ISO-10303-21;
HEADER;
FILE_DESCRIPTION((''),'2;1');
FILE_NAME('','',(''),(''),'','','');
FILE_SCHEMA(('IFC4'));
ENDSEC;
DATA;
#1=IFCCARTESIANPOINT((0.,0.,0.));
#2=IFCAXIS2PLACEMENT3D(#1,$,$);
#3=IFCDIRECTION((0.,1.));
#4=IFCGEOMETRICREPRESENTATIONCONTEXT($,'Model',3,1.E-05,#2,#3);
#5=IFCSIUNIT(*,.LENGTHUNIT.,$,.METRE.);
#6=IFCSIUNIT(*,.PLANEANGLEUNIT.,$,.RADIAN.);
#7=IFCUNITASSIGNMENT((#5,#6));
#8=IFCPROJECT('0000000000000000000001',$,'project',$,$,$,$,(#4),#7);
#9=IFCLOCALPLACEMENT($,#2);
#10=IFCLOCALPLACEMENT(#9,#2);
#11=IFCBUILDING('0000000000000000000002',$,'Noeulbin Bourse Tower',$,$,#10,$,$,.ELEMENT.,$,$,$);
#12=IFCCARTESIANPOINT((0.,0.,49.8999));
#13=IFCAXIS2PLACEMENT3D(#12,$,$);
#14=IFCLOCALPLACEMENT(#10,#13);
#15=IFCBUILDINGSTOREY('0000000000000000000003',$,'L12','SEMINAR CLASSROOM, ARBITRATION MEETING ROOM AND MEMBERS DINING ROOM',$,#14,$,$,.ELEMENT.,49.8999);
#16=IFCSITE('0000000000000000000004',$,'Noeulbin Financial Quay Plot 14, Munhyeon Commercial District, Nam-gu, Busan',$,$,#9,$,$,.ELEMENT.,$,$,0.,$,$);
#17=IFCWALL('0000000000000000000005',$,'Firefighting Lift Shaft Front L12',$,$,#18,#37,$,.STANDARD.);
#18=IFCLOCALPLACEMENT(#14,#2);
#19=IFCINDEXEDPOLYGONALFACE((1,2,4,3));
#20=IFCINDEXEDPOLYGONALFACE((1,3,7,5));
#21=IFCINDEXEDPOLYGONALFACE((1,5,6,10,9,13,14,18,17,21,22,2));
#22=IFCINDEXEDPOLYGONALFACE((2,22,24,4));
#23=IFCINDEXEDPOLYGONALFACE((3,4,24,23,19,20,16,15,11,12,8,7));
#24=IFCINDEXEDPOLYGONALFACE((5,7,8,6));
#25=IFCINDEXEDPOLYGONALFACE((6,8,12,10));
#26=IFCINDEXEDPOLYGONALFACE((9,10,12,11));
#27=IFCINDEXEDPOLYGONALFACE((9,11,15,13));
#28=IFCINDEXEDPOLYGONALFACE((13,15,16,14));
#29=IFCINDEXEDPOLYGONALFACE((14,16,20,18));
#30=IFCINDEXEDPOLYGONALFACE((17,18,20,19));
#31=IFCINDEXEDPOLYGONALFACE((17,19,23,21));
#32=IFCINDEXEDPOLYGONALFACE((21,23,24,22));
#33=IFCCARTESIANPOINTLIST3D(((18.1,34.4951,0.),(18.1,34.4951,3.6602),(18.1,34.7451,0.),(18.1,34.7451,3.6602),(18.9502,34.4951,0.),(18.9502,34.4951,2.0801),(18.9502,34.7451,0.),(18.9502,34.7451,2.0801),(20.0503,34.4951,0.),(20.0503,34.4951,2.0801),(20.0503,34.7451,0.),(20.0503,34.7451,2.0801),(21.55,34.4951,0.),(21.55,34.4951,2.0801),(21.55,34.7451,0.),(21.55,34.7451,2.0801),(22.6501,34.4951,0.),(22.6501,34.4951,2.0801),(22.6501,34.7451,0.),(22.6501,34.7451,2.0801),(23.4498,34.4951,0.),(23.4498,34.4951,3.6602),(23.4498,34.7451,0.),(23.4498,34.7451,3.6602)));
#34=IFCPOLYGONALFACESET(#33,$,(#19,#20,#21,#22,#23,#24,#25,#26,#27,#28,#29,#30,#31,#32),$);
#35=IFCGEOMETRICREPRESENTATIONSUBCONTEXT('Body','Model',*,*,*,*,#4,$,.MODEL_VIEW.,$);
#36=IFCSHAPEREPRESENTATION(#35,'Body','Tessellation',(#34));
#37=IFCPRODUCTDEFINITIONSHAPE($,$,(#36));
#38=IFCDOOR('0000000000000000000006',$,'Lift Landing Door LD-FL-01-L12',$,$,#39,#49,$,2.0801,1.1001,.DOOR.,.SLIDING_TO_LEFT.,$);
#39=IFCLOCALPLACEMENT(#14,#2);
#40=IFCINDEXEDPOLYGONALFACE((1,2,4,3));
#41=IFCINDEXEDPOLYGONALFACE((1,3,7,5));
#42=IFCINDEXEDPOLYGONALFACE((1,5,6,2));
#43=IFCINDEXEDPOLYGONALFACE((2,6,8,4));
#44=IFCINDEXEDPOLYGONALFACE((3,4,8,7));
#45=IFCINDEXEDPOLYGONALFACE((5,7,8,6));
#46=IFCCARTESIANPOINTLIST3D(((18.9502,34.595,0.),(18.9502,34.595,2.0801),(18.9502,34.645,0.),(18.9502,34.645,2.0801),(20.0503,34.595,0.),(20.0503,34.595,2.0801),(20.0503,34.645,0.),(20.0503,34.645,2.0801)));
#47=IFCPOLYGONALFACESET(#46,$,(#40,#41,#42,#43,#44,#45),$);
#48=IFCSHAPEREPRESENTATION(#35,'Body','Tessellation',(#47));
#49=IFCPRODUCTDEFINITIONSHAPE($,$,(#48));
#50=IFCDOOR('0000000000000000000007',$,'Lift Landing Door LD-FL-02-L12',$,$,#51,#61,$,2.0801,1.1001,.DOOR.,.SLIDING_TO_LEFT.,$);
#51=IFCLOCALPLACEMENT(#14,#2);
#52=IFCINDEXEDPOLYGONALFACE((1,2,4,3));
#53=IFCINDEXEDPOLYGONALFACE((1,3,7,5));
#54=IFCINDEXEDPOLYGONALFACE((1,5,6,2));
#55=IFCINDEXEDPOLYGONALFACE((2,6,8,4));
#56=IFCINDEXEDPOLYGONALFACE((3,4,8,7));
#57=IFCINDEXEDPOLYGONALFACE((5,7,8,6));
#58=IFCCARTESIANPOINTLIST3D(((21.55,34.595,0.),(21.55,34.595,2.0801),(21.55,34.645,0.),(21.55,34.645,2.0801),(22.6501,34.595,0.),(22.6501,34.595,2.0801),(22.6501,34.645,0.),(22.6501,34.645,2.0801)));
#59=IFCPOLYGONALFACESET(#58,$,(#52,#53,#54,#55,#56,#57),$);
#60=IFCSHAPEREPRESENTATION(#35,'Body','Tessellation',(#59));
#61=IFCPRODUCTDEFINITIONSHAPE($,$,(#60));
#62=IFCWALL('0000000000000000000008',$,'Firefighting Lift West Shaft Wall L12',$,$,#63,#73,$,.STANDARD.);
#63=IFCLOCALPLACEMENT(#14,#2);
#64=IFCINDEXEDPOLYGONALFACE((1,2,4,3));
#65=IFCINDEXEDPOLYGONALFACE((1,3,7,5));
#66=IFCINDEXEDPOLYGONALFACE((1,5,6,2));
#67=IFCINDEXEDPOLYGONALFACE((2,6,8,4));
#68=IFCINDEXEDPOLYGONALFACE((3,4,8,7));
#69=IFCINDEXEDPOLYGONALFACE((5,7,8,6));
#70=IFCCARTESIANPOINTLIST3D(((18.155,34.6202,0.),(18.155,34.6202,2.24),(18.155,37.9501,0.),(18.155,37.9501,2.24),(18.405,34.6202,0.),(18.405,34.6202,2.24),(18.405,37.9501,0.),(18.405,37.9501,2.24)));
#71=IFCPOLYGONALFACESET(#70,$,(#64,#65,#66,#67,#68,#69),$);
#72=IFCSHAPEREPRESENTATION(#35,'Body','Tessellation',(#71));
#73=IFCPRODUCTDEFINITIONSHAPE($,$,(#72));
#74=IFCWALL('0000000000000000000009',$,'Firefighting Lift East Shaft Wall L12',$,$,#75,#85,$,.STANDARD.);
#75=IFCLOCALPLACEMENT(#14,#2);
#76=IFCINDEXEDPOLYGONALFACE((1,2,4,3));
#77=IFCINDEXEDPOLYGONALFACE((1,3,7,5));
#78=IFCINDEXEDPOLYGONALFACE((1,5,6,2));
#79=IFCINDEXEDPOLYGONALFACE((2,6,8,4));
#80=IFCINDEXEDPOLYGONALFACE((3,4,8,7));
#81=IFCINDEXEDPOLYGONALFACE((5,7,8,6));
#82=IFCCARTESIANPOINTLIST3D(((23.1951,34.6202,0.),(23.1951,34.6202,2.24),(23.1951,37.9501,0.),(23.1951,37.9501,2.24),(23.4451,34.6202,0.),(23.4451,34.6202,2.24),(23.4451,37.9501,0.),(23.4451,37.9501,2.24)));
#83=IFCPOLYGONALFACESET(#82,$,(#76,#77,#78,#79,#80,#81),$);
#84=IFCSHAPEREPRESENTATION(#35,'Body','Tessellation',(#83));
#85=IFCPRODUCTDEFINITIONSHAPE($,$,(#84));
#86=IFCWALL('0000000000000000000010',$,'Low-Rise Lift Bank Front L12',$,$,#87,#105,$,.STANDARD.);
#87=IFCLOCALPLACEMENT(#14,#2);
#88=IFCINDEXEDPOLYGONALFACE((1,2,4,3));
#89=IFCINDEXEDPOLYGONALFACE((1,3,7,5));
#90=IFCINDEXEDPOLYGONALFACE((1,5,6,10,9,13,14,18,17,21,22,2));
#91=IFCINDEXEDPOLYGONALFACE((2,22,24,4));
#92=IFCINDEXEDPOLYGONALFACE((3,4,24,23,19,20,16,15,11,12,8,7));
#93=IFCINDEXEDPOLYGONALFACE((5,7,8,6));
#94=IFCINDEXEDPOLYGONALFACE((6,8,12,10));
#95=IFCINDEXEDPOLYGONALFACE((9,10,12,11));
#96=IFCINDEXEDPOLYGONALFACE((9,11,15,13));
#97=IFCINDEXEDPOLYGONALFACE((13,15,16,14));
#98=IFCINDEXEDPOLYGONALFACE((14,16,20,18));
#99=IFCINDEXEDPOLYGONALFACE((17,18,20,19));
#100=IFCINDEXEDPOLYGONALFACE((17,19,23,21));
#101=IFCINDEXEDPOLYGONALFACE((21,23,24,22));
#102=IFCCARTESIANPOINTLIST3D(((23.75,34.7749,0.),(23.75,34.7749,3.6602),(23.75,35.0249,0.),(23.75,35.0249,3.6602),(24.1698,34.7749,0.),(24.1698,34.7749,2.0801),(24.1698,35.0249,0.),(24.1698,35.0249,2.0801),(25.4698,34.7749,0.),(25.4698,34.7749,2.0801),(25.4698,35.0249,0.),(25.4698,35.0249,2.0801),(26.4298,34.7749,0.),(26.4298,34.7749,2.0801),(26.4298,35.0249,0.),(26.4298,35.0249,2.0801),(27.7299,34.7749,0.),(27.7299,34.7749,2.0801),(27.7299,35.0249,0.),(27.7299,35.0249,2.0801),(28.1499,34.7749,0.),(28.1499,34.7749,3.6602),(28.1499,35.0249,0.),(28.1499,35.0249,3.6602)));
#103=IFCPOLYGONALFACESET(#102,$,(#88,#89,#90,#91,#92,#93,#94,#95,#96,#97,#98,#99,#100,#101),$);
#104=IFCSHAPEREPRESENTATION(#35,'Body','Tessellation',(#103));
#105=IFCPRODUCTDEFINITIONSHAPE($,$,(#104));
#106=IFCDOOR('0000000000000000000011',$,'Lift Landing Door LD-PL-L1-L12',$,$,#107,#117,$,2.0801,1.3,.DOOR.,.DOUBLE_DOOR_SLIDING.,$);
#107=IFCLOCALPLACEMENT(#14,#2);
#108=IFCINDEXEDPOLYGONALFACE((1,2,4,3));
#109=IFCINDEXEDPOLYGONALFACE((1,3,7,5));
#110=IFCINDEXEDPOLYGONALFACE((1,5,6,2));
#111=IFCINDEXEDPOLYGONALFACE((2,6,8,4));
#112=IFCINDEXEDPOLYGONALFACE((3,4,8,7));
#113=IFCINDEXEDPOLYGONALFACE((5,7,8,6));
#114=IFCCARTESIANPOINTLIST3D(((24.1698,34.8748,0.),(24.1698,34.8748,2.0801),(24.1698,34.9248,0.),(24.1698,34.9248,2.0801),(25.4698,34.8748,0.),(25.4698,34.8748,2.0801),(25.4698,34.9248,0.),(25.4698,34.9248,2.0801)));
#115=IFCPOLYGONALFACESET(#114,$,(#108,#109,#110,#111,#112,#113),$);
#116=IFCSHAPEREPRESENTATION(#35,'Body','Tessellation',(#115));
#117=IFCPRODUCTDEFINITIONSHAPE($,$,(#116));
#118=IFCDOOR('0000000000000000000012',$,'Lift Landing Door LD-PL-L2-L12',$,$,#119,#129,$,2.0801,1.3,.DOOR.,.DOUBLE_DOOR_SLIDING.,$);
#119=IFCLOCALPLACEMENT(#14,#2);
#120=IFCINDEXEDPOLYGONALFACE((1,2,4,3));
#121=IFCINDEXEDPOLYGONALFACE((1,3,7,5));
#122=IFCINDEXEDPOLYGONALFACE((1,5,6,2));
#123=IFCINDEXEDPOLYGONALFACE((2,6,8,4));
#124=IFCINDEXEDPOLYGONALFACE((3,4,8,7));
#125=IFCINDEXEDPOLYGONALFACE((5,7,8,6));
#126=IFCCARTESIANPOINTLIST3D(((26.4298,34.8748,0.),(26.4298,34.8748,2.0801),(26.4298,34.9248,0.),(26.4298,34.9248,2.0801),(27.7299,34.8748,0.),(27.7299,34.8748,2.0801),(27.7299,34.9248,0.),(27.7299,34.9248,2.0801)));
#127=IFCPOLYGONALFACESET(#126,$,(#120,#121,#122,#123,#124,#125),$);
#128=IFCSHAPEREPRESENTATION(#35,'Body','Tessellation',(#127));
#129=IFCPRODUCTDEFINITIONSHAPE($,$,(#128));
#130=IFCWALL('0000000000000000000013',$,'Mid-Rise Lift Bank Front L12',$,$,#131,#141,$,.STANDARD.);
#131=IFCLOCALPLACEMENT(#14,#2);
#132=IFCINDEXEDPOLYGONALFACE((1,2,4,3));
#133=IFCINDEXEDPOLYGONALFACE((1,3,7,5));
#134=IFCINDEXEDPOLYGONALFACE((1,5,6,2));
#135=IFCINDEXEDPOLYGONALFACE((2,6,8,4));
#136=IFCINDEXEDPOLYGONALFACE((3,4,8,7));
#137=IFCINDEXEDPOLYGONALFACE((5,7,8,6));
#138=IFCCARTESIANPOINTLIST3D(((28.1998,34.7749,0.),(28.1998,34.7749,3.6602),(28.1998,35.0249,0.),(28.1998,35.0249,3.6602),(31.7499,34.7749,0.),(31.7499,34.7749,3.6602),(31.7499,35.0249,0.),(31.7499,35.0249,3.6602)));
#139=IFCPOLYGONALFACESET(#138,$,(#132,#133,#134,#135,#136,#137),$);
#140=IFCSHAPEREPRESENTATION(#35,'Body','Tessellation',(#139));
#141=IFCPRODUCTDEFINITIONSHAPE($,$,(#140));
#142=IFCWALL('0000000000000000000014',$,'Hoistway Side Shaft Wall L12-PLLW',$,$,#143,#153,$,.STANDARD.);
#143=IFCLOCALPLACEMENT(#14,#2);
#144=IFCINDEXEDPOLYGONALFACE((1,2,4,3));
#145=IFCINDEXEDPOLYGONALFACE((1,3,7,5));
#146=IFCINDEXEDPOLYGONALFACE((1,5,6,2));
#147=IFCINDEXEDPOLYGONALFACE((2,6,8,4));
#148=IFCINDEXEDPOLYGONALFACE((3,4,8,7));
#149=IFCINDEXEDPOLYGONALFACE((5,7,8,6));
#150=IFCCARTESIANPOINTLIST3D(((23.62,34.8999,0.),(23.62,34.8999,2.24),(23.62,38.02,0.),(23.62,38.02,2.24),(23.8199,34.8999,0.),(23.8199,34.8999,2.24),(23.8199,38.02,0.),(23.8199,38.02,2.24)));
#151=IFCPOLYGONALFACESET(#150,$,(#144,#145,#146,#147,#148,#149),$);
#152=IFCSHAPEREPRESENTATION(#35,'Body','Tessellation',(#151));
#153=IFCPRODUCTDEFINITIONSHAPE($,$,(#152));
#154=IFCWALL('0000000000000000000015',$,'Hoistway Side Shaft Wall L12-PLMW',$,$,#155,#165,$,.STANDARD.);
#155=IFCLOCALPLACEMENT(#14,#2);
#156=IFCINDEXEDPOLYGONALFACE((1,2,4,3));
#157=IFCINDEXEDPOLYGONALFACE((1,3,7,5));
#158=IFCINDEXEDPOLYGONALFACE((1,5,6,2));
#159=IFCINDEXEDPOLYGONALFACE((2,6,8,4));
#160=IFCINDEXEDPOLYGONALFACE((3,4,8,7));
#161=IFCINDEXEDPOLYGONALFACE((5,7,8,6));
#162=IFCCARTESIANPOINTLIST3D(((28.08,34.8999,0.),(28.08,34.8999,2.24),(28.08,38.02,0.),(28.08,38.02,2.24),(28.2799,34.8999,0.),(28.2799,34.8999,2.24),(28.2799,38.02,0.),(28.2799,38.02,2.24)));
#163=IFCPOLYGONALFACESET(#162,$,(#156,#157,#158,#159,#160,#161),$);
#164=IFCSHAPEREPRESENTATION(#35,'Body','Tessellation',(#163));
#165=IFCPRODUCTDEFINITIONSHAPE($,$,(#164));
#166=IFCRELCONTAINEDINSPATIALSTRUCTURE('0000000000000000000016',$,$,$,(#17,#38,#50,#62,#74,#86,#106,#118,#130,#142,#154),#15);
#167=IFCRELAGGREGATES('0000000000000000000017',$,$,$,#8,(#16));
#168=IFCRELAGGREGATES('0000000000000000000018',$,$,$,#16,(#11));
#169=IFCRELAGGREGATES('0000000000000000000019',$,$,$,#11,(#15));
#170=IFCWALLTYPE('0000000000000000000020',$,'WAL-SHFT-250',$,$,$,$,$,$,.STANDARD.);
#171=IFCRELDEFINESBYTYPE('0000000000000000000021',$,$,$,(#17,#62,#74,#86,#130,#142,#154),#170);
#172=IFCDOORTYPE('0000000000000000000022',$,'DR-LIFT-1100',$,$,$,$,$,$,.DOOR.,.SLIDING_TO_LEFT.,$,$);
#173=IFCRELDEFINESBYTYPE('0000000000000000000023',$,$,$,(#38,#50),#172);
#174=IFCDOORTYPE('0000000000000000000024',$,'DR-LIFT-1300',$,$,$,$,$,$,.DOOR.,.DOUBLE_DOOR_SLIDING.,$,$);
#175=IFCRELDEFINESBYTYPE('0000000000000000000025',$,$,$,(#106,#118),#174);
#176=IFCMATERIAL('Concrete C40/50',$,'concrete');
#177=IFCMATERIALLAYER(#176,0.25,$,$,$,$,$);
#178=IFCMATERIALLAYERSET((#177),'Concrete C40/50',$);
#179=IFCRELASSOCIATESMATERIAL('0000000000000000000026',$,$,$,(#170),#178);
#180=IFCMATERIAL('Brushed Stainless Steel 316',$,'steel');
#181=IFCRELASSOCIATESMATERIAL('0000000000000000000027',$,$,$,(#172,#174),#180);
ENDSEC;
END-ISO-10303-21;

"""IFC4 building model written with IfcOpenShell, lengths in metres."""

from ifc_helpers import new_model, si_unit, direction, frame, frame_2d, origin, place, context, subcontext, project, spatial, rectangle, extrude, material, layer, layer_set, type_object, element, fill, save


model = new_model("IFC4")

# Units and contexts
model_context = context("Model", 3, precision=1e-05, world=origin(), true_north=direction((0.0, 1.0)))
body_context = subcontext(model_context, "Body", "Model", "MODEL_VIEW")
ifc_project = project(units=[si_unit("LENGTHUNIT", "METRE"), si_unit("PLANEANGLEUNIT", "RADIAN")], contexts=[model_context])

# Site, building, storey
site_placement = place(None, origin())
site = spatial("IfcSite", under=ifc_project, at=site_placement, Name="Noeulbin Financial Quay Plot 14, Munhyeon Commercial District, Nam-gu, Busan", CompositionType="ELEMENT", RefElevation=0.0)
building_placement = place(site_placement, origin())
building = spatial("IfcBuilding", under=site, at=building_placement, Name="Noeulbin Bourse Tower", CompositionType="ELEMENT")
storey_placement = place(building_placement, frame((0.0, 0.0, 49.8999)))
storey = spatial("IfcBuildingStorey", under=building, at=storey_placement, Name="L12", Description="SEMINAR CLASSROOM, ARBITRATION MEETING ROOM AND MEMBERS DINING ROOM", CompositionType="ELEMENT", Elevation=49.8999)

# Shared definitions
ifc_material_1 = material(Name="Concrete C40/50", Category="concrete")

# Shared definitions
ifc_layer_1 = layer(ifc_material_1, 0.25)
ifc_layer_set_1 = layer_set([ifc_layer_1], Name="Concrete C40/50")
wall_type_1 = type_object("IfcWallType", Name="WAL-SHFT-250", PredefinedType="STANDARD", material=ifc_layer_set_1)

# Wall, openings, doors
wall_1_placement = place(storey_placement, frame((18.1001, 34.6201, 0.0), z_axis=(0.0, 0.0, 1.0), x_axis=(1.0, 0.0, 0.0)))
wall_1 = element("IfcWall", 1, at=wall_1_placement, inside=storey, type_object=wall_type_1, Name="Firefighting Lift Shaft Front L12", PredefinedType="STANDARD", context=body_context, shape_type="SweptSolid", body=[
    extrude(rectangle(XDim=5.3499, YDim=0.25, at=frame_2d((2.6748, 0.0))), origin(), (0.0, 0.0, 1.0), 3.6602),
])
opening_1_placement = place(wall_1_placement, frame((0.8501, 0.0, 0.0)))
opening_1 = element("IfcOpeningElement", 2, at=opening_1_placement, cuts=wall_1, PredefinedType="OPENING", context=body_context, shape_type="SweptSolid", body=[
    extrude(rectangle(XDim=1.1001, YDim=2.0801, at=frame_2d((0.55, 1.04))), frame((0.0, 0.135, 0.0), z_axis=(0.0, -1.0, 0.0), x_axis=(1.0, 0.0, 0.0)), (0.0, 0.0, 1.0), 0.27),
])
opening_2_placement = place(wall_1_placement, frame((3.45, 0.0, 0.0)))
opening_2 = element("IfcOpeningElement", 3, at=opening_2_placement, cuts=wall_1, PredefinedType="OPENING", context=body_context, shape_type="SweptSolid", body=[
    extrude(rectangle(XDim=1.1001, YDim=2.0801, at=frame_2d((0.55, 1.04))), frame((0.0, 0.135, 0.0), z_axis=(0.0, -1.0, 0.0), x_axis=(1.0, 0.0, 0.0)), (0.0, 0.0, 1.0), 0.27),
])
ifc_material_2 = material(Name="Brushed Stainless Steel 316", Category="steel")
door_type_1 = type_object("IfcDoorType", Name="DR-LIFT-1100", OperationType="SLIDING_TO_LEFT", PredefinedType="DOOR", material=ifc_material_2)
door_1_placement = place(opening_1_placement, origin())
door_1 = element("IfcDoor", 4, at=door_1_placement, inside=storey, type_object=door_type_1, Name="Lift Landing Door LD-FL-01-L12", OperationType="SLIDING_TO_LEFT", OverallHeight=2.0801, OverallWidth=1.1001, PredefinedType="DOOR", context=body_context, shape_type="SweptSolid", body=[
    extrude(rectangle(XDim=1.1001, YDim=2.0801, at=frame_2d((0.55, 1.04))), frame((0.0, 0.0249, 0.0), z_axis=(0.0, -1.0, 0.0), x_axis=(1.0, 0.0, 0.0)), (0.0, 0.0, 1.0), 0.05),
])
fill(opening_1, door_1)
door_2_placement = place(opening_2_placement, origin())
door_2 = element("IfcDoor", 5, at=door_2_placement, inside=storey, type_object=door_type_1, Name="Lift Landing Door LD-FL-02-L12", OperationType="SLIDING_TO_LEFT", OverallHeight=2.0801, OverallWidth=1.1001, PredefinedType="DOOR", context=body_context, shape_type="SweptSolid", body=[
    extrude(rectangle(XDim=1.1001, YDim=2.0801, at=frame_2d((0.55, 1.04))), frame((0.0, 0.0249, 0.0), z_axis=(0.0, -1.0, 0.0), x_axis=(1.0, 0.0, 0.0)), (0.0, 0.0, 1.0), 0.05),
])
fill(opening_2, door_2)

# Walls
for number, where, z_axis, x_axis, name in (
    (6, (18.28, 34.6201, 0.0), (0.0, 0.0, 1.0), (0.0, 1.0, 0.0), "Firefighting Lift West Shaft Wall L12"),
    (7, (23.3201, 34.6201, 0.0), (0.0, 0.0, 1.0), (0.0, 1.0, 0.0), "Firefighting Lift East Shaft Wall L12"),
):
    element("IfcWall", number, at=place(storey_placement, frame(where, z_axis=z_axis, x_axis=x_axis)), inside=storey, type_object=wall_type_1, Name=name, PredefinedType="STANDARD", context=body_context, shape_type="SweptSolid", body=[
        extrude(rectangle(XDim=3.3298, YDim=0.25, at=frame_2d((1.665, 0.0))), origin(), (0.0, 0.0, 1.0), 2.24),
    ])

# Wall, openings, doors
wall_2_placement = place(storey_placement, frame((23.75, 34.8999, 0.0), z_axis=(0.0, 0.0, 1.0), x_axis=(1.0, 0.0, 0.0)))
wall_2 = element("IfcWall", 8, at=wall_2_placement, inside=storey, type_object=wall_type_1, Name="Low-Rise Lift Bank Front L12", PredefinedType="STANDARD", context=body_context, shape_type="SweptSolid", body=[
    extrude(rectangle(XDim=4.3999, YDim=0.25, at=frame_2d((2.2, 0.0))), origin(), (0.0, 0.0, 1.0), 3.6602),
])
opening_3_placement = place(wall_2_placement, frame((0.4199, 0.0, 0.0)))
opening_3 = element("IfcOpeningElement", 9, at=opening_3_placement, cuts=wall_2, PredefinedType="OPENING", context=body_context, shape_type="SweptSolid", body=[
    extrude(rectangle(XDim=1.3, YDim=2.0801, at=frame_2d((0.6499, 1.04))), frame((0.0, 0.135, 0.0), z_axis=(0.0, -1.0, 0.0), x_axis=(1.0, 0.0, 0.0)), (0.0, 0.0, 1.0), 0.27),
])
opening_4_placement = place(wall_2_placement, frame((2.6799, 0.0, 0.0)))
opening_4 = element("IfcOpeningElement", 10, at=opening_4_placement, cuts=wall_2, PredefinedType="OPENING", context=body_context, shape_type="SweptSolid", body=[
    extrude(rectangle(XDim=1.3, YDim=2.0801, at=frame_2d((0.6499, 1.04))), frame((0.0, 0.135, 0.0), z_axis=(0.0, -1.0, 0.0), x_axis=(1.0, 0.0, 0.0)), (0.0, 0.0, 1.0), 0.27),
])
door_type_2 = type_object("IfcDoorType", Name="DR-LIFT-1300", OperationType="DOUBLE_DOOR_SLIDING", PredefinedType="DOOR", material=ifc_material_2)
door_3_placement = place(opening_3_placement, origin())
door_3 = element("IfcDoor", 11, at=door_3_placement, inside=storey, type_object=door_type_2, Name="Lift Landing Door LD-PL-L1-L12", OperationType="DOUBLE_DOOR_SLIDING", OverallHeight=2.0801, OverallWidth=1.3, PredefinedType="DOOR", context=body_context, shape_type="SweptSolid", body=[
    extrude(rectangle(XDim=1.3, YDim=2.0801, at=frame_2d((0.6499, 1.04))), frame((0.0, 0.0249, 0.0), z_axis=(0.0, -1.0, 0.0), x_axis=(1.0, 0.0, 0.0)), (0.0, 0.0, 1.0), 0.05),
])
fill(opening_3, door_3)
door_4_placement = place(opening_4_placement, origin())
door_4 = element("IfcDoor", 12, at=door_4_placement, inside=storey, type_object=door_type_2, Name="Lift Landing Door LD-PL-L2-L12", OperationType="DOUBLE_DOOR_SLIDING", OverallHeight=2.0801, OverallWidth=1.3, PredefinedType="DOOR", context=body_context, shape_type="SweptSolid", body=[
    extrude(rectangle(XDim=1.3, YDim=2.0801, at=frame_2d((0.6499, 1.04))), frame((0.0, 0.0249, 0.0), z_axis=(0.0, -1.0, 0.0), x_axis=(1.0, 0.0, 0.0)), (0.0, 0.0, 1.0), 0.05),
])
fill(opening_4, door_4)

# Walls
wall_3_placement = place(storey_placement, frame((28.2, 34.8999, 0.0), z_axis=(0.0, 0.0, 1.0), x_axis=(1.0, 0.0, 0.0)))
element("IfcWall", 13, at=wall_3_placement, inside=storey, type_object=wall_type_1, Name="Mid-Rise Lift Bank Front L12", PredefinedType="STANDARD", context=body_context, shape_type="SweptSolid", body=[
    extrude(rectangle(XDim=3.55, YDim=0.25, at=frame_2d((1.7749, 0.0))), origin(), (0.0, 0.0, 1.0), 3.6602),
])
for number, where, z_axis, x_axis, name in (
    (14, (23.72, 34.8999, 0.0), (0.0, 0.0, 1.0), (0.0, 1.0, 0.0), "Hoistway Side Shaft Wall L12-PLLW"),
    (15, (28.1799, 34.8999, 0.0), (0.0, 0.0, 1.0), (0.0, 1.0, 0.0), "Hoistway Side Shaft Wall L12-PLMW"),
):
    element("IfcWall", number, at=place(storey_placement, frame(where, z_axis=z_axis, x_axis=x_axis)), inside=storey, type_object=wall_type_1, Name=name, PredefinedType="STANDARD", context=body_context, shape_type="SweptSolid", body=[
        extrude(rectangle(XDim=3.1201, YDim=0.2, at=frame_2d((1.5601, 0.0))), origin(), (0.0, 0.0, 1.0), 2.24),
    ])

save(model, "model.ifc")
